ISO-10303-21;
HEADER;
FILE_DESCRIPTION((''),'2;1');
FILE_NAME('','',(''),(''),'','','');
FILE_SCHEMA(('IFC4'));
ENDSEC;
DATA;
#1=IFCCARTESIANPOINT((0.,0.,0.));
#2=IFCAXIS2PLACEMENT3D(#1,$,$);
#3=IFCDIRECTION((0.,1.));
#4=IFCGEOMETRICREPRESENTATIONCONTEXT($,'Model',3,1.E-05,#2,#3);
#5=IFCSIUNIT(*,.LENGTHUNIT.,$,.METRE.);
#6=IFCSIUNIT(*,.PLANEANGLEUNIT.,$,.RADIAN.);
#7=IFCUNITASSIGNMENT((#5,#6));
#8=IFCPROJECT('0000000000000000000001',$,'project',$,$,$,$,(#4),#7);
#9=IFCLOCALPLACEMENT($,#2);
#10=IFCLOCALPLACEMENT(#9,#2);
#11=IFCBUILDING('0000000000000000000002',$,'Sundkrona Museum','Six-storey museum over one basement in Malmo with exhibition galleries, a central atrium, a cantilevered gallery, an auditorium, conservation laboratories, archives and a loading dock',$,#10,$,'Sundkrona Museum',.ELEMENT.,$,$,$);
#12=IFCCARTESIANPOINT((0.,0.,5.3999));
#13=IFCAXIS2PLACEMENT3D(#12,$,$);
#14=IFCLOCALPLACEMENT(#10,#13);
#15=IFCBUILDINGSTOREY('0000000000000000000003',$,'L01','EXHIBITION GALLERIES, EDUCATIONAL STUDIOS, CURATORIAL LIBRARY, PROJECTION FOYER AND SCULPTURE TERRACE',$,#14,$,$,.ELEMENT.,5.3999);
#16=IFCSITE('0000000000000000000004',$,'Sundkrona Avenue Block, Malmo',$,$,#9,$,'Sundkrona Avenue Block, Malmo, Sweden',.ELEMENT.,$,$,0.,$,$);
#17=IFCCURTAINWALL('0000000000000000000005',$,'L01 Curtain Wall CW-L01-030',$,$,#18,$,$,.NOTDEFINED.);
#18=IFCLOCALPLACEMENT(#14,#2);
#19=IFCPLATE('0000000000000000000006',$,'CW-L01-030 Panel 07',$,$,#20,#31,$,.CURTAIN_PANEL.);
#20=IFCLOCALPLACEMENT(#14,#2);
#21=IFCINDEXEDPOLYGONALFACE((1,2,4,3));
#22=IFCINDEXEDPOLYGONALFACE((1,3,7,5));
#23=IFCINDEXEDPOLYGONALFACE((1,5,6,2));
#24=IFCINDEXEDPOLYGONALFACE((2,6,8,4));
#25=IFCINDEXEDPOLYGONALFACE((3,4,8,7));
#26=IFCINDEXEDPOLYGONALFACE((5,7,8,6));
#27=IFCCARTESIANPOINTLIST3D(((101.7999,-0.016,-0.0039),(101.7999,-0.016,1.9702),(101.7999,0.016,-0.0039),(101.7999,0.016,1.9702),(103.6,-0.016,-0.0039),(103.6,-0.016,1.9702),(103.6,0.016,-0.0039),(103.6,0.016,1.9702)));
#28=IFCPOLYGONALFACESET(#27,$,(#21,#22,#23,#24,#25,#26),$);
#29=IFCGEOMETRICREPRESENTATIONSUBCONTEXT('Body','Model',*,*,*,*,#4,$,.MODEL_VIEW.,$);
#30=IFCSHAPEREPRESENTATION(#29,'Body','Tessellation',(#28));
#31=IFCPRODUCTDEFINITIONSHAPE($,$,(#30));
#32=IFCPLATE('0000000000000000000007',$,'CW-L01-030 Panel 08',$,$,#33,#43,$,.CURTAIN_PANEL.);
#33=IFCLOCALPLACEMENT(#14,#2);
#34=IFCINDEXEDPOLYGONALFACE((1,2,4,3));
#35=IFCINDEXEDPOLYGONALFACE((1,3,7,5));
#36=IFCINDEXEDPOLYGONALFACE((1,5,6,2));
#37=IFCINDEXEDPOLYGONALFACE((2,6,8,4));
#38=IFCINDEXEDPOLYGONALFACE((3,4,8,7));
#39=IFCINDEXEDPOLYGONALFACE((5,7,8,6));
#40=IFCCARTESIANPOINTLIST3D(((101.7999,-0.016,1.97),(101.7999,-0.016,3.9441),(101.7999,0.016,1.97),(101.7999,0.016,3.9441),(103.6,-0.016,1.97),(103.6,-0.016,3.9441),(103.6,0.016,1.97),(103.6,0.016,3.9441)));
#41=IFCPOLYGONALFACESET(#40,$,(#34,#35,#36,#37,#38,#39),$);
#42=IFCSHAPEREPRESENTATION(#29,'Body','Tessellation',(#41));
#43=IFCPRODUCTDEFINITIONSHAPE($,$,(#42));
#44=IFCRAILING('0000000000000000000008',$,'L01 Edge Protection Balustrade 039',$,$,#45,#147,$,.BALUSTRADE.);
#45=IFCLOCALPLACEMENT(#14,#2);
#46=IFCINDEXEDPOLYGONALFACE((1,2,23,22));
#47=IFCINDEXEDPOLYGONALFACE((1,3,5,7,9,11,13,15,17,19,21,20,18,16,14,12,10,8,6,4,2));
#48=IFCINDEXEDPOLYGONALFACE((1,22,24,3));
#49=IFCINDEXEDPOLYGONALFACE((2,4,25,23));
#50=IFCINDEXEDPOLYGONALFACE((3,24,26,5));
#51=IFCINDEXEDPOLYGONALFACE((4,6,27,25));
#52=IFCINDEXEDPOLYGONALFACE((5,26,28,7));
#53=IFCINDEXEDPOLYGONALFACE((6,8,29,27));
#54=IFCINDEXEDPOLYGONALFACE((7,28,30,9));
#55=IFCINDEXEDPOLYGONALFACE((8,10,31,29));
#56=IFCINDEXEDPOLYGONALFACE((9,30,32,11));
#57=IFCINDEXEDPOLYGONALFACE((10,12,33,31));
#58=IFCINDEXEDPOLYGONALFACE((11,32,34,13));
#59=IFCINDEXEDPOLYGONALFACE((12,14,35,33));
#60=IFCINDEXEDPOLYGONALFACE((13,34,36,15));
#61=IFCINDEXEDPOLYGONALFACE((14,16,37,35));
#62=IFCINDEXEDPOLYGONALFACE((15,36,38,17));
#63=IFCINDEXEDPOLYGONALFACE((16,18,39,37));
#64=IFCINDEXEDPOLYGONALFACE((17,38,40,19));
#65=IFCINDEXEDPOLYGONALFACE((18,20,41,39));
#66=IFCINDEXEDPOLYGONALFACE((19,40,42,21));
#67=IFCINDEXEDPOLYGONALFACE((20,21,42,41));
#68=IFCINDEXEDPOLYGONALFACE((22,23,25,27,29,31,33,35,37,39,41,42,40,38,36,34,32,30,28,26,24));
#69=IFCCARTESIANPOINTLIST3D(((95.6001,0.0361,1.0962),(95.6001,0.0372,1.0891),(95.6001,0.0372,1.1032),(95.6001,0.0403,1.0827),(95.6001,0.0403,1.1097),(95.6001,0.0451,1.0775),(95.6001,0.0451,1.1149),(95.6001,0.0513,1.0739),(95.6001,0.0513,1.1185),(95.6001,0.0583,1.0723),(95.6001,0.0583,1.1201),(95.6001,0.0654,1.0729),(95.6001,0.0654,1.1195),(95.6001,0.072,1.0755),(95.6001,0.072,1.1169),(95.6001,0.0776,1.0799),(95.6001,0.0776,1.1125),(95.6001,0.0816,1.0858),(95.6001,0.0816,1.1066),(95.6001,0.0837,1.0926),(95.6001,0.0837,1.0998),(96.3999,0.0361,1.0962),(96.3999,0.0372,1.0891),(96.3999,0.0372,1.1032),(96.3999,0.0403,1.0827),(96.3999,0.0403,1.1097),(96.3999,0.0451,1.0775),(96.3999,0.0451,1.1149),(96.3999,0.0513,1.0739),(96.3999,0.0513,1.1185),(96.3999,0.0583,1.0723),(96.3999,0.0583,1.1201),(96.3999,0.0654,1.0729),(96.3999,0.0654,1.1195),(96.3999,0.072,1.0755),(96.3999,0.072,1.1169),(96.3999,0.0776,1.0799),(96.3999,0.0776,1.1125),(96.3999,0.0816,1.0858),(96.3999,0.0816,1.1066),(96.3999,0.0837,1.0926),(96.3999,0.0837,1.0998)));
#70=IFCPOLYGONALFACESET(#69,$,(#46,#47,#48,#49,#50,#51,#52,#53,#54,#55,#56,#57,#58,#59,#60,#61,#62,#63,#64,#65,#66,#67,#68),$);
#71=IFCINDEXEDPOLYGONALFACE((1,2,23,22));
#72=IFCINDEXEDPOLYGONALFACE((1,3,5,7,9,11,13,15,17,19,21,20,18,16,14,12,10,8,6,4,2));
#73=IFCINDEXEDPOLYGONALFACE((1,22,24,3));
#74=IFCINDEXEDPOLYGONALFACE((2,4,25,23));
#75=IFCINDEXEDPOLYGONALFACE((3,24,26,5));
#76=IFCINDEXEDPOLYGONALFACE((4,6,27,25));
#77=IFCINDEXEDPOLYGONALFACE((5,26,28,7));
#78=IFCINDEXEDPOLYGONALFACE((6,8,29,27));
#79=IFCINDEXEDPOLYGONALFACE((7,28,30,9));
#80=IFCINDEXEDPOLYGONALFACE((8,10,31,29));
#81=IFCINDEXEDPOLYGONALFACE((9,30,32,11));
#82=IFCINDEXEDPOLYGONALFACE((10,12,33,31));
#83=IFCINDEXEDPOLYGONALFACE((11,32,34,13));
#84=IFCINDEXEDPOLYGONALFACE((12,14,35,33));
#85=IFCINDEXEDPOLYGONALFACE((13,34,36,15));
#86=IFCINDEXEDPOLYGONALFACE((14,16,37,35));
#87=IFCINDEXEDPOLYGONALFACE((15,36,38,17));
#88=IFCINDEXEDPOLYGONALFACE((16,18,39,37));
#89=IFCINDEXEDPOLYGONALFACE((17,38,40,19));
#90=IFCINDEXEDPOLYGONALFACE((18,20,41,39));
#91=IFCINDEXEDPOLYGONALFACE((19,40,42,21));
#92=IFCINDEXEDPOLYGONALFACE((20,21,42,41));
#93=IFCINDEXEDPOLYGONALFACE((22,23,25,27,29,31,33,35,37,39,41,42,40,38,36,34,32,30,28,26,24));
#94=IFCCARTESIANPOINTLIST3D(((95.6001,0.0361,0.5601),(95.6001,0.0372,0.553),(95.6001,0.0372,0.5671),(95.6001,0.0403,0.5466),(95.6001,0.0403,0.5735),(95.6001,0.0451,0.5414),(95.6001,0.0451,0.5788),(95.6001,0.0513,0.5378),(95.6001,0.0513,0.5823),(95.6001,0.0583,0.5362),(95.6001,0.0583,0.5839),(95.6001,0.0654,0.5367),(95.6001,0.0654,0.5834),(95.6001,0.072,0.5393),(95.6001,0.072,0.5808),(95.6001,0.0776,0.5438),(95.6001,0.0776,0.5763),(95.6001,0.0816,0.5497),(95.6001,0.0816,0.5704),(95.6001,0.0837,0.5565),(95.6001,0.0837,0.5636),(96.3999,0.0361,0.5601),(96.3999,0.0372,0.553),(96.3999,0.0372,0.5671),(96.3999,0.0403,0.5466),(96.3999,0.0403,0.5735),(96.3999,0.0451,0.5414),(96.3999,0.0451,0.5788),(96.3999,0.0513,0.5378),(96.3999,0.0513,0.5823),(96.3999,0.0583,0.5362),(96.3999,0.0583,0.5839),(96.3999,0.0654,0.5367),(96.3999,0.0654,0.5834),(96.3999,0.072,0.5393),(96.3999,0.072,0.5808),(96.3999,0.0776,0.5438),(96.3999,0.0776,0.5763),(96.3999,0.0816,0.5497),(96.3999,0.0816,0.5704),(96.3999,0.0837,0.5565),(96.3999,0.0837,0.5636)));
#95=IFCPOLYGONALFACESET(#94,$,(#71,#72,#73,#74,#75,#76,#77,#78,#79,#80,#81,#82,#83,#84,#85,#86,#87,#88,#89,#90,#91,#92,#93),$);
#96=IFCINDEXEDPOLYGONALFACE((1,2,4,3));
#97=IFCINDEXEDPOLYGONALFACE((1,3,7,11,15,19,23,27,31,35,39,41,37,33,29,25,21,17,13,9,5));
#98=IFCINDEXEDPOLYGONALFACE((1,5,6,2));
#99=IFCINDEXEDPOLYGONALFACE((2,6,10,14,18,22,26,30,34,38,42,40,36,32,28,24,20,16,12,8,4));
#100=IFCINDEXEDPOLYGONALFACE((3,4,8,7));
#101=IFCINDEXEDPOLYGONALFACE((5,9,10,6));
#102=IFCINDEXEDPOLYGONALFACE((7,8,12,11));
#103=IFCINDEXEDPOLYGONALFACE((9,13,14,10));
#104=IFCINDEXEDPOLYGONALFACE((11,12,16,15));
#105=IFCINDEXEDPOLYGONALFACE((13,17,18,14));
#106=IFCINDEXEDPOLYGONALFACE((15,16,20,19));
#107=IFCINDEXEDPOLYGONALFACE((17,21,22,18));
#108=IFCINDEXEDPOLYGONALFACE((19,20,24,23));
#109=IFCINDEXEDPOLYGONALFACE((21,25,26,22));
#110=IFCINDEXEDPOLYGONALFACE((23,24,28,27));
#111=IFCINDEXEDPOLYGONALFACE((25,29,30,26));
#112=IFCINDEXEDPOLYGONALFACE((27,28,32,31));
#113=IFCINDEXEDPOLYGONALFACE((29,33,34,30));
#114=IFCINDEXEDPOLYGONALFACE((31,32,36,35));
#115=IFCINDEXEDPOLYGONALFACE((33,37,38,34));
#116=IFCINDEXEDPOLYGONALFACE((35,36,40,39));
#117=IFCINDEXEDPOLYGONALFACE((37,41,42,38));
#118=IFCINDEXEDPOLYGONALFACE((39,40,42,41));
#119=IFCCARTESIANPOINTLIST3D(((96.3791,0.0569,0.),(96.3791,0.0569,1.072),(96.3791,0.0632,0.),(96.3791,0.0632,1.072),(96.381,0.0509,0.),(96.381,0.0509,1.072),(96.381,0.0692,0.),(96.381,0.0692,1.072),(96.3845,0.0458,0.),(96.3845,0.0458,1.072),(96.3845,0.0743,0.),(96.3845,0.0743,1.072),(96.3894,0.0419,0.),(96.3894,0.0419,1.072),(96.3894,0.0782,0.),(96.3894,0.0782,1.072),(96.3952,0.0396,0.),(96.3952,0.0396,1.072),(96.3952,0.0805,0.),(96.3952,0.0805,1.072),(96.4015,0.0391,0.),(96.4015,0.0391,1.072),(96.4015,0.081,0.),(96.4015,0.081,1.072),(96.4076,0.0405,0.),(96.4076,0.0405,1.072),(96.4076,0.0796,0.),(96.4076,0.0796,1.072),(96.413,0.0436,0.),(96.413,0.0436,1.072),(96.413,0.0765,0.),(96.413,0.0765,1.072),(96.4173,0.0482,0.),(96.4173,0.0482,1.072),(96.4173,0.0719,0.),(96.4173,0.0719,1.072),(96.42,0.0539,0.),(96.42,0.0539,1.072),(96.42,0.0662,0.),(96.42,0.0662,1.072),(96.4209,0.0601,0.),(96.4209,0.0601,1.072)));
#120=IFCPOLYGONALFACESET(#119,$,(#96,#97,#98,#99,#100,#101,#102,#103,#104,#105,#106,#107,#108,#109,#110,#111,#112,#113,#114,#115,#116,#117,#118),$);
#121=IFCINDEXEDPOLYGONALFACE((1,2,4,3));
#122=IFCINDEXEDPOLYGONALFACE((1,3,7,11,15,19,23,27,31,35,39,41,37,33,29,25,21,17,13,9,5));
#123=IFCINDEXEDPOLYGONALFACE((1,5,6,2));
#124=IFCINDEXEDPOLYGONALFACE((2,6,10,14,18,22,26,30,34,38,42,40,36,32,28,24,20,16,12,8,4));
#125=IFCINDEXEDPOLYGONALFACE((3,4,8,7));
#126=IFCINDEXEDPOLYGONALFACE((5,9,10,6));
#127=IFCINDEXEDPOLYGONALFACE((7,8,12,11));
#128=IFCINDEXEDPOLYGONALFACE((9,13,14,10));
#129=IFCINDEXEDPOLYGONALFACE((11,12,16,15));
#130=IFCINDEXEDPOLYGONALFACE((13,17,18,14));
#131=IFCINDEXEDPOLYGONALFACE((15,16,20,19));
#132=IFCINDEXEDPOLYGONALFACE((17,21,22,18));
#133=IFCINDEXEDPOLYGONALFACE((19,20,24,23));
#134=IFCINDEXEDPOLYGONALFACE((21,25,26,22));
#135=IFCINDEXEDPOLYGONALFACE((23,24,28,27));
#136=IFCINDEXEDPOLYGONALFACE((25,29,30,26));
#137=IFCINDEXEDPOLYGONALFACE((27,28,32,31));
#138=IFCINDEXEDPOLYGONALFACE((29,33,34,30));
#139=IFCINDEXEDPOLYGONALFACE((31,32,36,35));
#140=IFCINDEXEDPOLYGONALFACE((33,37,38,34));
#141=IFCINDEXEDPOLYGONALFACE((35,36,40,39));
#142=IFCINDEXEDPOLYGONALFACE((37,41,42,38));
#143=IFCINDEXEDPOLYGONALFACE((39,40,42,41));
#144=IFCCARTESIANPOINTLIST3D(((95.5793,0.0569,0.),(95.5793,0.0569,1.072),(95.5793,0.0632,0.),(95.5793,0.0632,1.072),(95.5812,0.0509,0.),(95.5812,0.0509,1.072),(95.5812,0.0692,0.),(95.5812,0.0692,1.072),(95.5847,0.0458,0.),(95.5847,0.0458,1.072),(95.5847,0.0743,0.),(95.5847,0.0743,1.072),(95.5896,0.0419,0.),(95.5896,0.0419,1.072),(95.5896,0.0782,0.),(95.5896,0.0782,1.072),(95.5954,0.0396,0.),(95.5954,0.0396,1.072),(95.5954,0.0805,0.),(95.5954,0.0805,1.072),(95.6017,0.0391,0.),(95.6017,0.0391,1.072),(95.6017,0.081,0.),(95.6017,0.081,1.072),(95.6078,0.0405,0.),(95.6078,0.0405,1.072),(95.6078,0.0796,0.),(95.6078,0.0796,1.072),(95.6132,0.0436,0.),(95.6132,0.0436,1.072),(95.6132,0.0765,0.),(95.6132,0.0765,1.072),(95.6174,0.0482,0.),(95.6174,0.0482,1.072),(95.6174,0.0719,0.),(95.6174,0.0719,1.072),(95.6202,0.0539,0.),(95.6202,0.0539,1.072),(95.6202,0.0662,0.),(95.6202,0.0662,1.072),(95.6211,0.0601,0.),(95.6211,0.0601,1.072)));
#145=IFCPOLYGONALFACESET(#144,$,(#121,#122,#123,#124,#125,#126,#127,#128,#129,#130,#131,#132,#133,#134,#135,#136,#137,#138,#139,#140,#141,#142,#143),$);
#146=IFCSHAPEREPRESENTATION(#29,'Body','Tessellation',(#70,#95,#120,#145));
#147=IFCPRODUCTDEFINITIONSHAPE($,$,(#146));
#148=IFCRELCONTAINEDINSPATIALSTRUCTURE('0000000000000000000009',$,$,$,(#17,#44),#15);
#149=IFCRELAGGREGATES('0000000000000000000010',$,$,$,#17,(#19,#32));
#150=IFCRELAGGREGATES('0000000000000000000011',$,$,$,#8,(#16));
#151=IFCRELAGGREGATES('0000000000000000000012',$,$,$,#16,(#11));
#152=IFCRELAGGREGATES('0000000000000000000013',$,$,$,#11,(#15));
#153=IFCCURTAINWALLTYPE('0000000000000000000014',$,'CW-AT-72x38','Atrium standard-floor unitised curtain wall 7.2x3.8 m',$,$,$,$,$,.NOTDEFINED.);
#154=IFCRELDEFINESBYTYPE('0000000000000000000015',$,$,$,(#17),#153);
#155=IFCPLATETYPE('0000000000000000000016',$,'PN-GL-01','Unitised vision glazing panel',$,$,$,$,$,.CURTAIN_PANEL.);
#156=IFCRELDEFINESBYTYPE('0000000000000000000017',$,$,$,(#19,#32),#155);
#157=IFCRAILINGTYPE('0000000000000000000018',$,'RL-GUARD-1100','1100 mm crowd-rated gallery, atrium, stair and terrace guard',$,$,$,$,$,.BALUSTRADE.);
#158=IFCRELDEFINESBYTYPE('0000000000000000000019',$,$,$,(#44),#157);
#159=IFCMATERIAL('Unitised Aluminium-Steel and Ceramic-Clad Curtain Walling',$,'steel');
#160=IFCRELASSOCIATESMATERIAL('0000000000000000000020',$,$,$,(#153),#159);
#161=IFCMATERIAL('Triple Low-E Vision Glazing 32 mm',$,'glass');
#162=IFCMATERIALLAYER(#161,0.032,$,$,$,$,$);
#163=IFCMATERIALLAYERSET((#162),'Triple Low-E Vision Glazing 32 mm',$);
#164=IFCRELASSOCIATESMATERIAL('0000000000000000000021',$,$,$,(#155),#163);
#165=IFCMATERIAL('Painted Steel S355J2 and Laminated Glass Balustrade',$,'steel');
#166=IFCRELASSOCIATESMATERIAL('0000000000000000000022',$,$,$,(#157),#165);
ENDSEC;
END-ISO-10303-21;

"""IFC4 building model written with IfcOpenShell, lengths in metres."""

from ifc_helpers import new_model, si_unit, direction, frame, origin, origin_2d, place, context, subcontext, project, spatial, rectangle, circle, extrude, material, layer, layer_set, type_object, element, aggregate, save


model = new_model("IFC4")

# Units and contexts
model_context = context("Model", 3, precision=1e-05, world=origin(), true_north=direction((0.0, 1.0)))
body_context = subcontext(model_context, "Body", "Model", "MODEL_VIEW")
ifc_project = project(units=[si_unit("LENGTHUNIT", "METRE"), si_unit("PLANEANGLEUNIT", "RADIAN")], contexts=[model_context])

# Site, building, storey
site_placement = place(None, origin())
site = spatial("IfcSite", under=ifc_project, at=site_placement, Name="Sundkrona Avenue Block, Malmo", LongName="Sundkrona Avenue Block, Malmo, Sweden", CompositionType="ELEMENT", RefElevation=0.0)
building_placement = place(site_placement, origin())
building = spatial("IfcBuilding", under=site, at=building_placement, Name="Sundkrona Museum", Description="Six-storey museum over one basement in Malmo with exhibition galleries, a central atrium, a cantilevered gallery, an auditorium, conservation laboratories, archives and a loading dock", LongName="Sundkrona Museum", CompositionType="ELEMENT")
storey_placement = place(building_placement, frame((0.0, 0.0, 5.3999)))
storey = spatial("IfcBuildingStorey", under=building, at=storey_placement, Name="L01", Description="EXHIBITION GALLERIES, EDUCATIONAL STUDIOS, CURATORIAL LIBRARY, PROJECTION FOYER AND SCULPTURE TERRACE", CompositionType="ELEMENT", Elevation=5.3999)

# Shared definitions
ifc_material_1 = material(Name="Unitised Aluminium-Steel and Ceramic-Clad Curtain Walling", Category="steel")
curtain_wall_type_1 = type_object("IfcCurtainWallType", Name="CW-AT-72x38", Description="Atrium standard-floor unitised curtain wall 7.2x3.8 m", PredefinedType="NOTDEFINED", material=ifc_material_1)

# Curtain wall
curtain_wall_1_placement = place(storey_placement, origin())
curtain_wall_1 = element("IfcCurtainWall", 1, at=curtain_wall_1_placement, inside=storey, type_object=curtain_wall_type_1, Name="L01 Curtain Wall CW-L01-030", PredefinedType="NOTDEFINED")

# Plates
ifc_material_2 = material(Name="Triple Low-E Vision Glazing 32 mm", Category="glass")
ifc_layer = layer(ifc_material_2, 0.032)
ifc_layer_set = layer_set([ifc_layer], Name="Triple Low-E Vision Glazing 32 mm")
plate_type = type_object("IfcPlateType", Name="PN-GL-01", Description="Unitised vision glazing panel", PredefinedType="CURTAIN_PANEL", material=ifc_layer_set)
plate_1_placement = place(storey_placement, frame((102.7, 0.0, -0.0039), z_axis=(0.0, 0.0, 1.0), x_axis=(1.0, 0.0, 0.0)))
plate_1 = element("IfcPlate", 2, at=plate_1_placement, type_object=plate_type, Name="CW-L01-030 Panel 07", PredefinedType="CURTAIN_PANEL", context=body_context, shape_type="SweptSolid", body=[
    extrude(rectangle(XDim=1.8, YDim=0.032, at=origin_2d()), origin(), (0.0, 0.0, 1.0), 1.9741),
])
plate_2_placement = place(storey_placement, frame((102.7, 0.0, 1.97), z_axis=(0.0, 0.0, 1.0), x_axis=(1.0, 0.0, 0.0)))
plate_2 = element("IfcPlate", 3, at=plate_2_placement, type_object=plate_type, Name="CW-L01-030 Panel 08", PredefinedType="CURTAIN_PANEL", context=body_context, shape_type="SweptSolid", body=[
    extrude(rectangle(XDim=1.8, YDim=0.032, at=origin_2d()), origin(), (0.0, 0.0, 1.0), 1.9741),
])
aggregate(curtain_wall_1, [plate_1, plate_2])

# Railing
ifc_material_3 = material(Name="Painted Steel S355J2 and Laminated Glass Balustrade", Category="steel")
railing_type = type_object("IfcRailingType", Name="RL-GUARD-1100", Description="1100 mm crowd-rated gallery, atrium, stair and terrace guard", PredefinedType="BALUSTRADE", material=ifc_material_3)
railing_placement = place(storey_placement, frame((96.3999, 0.0601, 0.0)))
element("IfcRailing", 4, at=railing_placement, inside=storey, type_object=railing_type, Name="L01 Edge Protection Balustrade 039", PredefinedType="BALUSTRADE", context=body_context, shape_type="SweptSolid", body=[
    extrude(circle(Radius=0.0239, at=origin_2d()), frame((0.0, 0.0, 1.0962), z_axis=(-1.0, 0.0, 0.0), x_axis=(0.0, -1.0, 0.0)), (0.0, 0.0, 1.0), 0.7998),
    extrude(circle(Radius=0.0239, at=origin_2d()), frame((0.0, 0.0, 0.5601), z_axis=(-1.0, 0.0, 0.0), x_axis=(0.0, -1.0, 0.0)), (0.0, 0.0, 1.0), 0.7998),
    extrude(circle(Radius=0.021, at=origin_2d()), origin(), (0.0, 0.0, 1.0), 1.072),
    extrude(circle(Radius=0.021, at=origin_2d()), frame((-0.7998, 0.0, 0.0)), (0.0, 0.0, 1.0), 1.072),
])

save(model, "model.ifc")
